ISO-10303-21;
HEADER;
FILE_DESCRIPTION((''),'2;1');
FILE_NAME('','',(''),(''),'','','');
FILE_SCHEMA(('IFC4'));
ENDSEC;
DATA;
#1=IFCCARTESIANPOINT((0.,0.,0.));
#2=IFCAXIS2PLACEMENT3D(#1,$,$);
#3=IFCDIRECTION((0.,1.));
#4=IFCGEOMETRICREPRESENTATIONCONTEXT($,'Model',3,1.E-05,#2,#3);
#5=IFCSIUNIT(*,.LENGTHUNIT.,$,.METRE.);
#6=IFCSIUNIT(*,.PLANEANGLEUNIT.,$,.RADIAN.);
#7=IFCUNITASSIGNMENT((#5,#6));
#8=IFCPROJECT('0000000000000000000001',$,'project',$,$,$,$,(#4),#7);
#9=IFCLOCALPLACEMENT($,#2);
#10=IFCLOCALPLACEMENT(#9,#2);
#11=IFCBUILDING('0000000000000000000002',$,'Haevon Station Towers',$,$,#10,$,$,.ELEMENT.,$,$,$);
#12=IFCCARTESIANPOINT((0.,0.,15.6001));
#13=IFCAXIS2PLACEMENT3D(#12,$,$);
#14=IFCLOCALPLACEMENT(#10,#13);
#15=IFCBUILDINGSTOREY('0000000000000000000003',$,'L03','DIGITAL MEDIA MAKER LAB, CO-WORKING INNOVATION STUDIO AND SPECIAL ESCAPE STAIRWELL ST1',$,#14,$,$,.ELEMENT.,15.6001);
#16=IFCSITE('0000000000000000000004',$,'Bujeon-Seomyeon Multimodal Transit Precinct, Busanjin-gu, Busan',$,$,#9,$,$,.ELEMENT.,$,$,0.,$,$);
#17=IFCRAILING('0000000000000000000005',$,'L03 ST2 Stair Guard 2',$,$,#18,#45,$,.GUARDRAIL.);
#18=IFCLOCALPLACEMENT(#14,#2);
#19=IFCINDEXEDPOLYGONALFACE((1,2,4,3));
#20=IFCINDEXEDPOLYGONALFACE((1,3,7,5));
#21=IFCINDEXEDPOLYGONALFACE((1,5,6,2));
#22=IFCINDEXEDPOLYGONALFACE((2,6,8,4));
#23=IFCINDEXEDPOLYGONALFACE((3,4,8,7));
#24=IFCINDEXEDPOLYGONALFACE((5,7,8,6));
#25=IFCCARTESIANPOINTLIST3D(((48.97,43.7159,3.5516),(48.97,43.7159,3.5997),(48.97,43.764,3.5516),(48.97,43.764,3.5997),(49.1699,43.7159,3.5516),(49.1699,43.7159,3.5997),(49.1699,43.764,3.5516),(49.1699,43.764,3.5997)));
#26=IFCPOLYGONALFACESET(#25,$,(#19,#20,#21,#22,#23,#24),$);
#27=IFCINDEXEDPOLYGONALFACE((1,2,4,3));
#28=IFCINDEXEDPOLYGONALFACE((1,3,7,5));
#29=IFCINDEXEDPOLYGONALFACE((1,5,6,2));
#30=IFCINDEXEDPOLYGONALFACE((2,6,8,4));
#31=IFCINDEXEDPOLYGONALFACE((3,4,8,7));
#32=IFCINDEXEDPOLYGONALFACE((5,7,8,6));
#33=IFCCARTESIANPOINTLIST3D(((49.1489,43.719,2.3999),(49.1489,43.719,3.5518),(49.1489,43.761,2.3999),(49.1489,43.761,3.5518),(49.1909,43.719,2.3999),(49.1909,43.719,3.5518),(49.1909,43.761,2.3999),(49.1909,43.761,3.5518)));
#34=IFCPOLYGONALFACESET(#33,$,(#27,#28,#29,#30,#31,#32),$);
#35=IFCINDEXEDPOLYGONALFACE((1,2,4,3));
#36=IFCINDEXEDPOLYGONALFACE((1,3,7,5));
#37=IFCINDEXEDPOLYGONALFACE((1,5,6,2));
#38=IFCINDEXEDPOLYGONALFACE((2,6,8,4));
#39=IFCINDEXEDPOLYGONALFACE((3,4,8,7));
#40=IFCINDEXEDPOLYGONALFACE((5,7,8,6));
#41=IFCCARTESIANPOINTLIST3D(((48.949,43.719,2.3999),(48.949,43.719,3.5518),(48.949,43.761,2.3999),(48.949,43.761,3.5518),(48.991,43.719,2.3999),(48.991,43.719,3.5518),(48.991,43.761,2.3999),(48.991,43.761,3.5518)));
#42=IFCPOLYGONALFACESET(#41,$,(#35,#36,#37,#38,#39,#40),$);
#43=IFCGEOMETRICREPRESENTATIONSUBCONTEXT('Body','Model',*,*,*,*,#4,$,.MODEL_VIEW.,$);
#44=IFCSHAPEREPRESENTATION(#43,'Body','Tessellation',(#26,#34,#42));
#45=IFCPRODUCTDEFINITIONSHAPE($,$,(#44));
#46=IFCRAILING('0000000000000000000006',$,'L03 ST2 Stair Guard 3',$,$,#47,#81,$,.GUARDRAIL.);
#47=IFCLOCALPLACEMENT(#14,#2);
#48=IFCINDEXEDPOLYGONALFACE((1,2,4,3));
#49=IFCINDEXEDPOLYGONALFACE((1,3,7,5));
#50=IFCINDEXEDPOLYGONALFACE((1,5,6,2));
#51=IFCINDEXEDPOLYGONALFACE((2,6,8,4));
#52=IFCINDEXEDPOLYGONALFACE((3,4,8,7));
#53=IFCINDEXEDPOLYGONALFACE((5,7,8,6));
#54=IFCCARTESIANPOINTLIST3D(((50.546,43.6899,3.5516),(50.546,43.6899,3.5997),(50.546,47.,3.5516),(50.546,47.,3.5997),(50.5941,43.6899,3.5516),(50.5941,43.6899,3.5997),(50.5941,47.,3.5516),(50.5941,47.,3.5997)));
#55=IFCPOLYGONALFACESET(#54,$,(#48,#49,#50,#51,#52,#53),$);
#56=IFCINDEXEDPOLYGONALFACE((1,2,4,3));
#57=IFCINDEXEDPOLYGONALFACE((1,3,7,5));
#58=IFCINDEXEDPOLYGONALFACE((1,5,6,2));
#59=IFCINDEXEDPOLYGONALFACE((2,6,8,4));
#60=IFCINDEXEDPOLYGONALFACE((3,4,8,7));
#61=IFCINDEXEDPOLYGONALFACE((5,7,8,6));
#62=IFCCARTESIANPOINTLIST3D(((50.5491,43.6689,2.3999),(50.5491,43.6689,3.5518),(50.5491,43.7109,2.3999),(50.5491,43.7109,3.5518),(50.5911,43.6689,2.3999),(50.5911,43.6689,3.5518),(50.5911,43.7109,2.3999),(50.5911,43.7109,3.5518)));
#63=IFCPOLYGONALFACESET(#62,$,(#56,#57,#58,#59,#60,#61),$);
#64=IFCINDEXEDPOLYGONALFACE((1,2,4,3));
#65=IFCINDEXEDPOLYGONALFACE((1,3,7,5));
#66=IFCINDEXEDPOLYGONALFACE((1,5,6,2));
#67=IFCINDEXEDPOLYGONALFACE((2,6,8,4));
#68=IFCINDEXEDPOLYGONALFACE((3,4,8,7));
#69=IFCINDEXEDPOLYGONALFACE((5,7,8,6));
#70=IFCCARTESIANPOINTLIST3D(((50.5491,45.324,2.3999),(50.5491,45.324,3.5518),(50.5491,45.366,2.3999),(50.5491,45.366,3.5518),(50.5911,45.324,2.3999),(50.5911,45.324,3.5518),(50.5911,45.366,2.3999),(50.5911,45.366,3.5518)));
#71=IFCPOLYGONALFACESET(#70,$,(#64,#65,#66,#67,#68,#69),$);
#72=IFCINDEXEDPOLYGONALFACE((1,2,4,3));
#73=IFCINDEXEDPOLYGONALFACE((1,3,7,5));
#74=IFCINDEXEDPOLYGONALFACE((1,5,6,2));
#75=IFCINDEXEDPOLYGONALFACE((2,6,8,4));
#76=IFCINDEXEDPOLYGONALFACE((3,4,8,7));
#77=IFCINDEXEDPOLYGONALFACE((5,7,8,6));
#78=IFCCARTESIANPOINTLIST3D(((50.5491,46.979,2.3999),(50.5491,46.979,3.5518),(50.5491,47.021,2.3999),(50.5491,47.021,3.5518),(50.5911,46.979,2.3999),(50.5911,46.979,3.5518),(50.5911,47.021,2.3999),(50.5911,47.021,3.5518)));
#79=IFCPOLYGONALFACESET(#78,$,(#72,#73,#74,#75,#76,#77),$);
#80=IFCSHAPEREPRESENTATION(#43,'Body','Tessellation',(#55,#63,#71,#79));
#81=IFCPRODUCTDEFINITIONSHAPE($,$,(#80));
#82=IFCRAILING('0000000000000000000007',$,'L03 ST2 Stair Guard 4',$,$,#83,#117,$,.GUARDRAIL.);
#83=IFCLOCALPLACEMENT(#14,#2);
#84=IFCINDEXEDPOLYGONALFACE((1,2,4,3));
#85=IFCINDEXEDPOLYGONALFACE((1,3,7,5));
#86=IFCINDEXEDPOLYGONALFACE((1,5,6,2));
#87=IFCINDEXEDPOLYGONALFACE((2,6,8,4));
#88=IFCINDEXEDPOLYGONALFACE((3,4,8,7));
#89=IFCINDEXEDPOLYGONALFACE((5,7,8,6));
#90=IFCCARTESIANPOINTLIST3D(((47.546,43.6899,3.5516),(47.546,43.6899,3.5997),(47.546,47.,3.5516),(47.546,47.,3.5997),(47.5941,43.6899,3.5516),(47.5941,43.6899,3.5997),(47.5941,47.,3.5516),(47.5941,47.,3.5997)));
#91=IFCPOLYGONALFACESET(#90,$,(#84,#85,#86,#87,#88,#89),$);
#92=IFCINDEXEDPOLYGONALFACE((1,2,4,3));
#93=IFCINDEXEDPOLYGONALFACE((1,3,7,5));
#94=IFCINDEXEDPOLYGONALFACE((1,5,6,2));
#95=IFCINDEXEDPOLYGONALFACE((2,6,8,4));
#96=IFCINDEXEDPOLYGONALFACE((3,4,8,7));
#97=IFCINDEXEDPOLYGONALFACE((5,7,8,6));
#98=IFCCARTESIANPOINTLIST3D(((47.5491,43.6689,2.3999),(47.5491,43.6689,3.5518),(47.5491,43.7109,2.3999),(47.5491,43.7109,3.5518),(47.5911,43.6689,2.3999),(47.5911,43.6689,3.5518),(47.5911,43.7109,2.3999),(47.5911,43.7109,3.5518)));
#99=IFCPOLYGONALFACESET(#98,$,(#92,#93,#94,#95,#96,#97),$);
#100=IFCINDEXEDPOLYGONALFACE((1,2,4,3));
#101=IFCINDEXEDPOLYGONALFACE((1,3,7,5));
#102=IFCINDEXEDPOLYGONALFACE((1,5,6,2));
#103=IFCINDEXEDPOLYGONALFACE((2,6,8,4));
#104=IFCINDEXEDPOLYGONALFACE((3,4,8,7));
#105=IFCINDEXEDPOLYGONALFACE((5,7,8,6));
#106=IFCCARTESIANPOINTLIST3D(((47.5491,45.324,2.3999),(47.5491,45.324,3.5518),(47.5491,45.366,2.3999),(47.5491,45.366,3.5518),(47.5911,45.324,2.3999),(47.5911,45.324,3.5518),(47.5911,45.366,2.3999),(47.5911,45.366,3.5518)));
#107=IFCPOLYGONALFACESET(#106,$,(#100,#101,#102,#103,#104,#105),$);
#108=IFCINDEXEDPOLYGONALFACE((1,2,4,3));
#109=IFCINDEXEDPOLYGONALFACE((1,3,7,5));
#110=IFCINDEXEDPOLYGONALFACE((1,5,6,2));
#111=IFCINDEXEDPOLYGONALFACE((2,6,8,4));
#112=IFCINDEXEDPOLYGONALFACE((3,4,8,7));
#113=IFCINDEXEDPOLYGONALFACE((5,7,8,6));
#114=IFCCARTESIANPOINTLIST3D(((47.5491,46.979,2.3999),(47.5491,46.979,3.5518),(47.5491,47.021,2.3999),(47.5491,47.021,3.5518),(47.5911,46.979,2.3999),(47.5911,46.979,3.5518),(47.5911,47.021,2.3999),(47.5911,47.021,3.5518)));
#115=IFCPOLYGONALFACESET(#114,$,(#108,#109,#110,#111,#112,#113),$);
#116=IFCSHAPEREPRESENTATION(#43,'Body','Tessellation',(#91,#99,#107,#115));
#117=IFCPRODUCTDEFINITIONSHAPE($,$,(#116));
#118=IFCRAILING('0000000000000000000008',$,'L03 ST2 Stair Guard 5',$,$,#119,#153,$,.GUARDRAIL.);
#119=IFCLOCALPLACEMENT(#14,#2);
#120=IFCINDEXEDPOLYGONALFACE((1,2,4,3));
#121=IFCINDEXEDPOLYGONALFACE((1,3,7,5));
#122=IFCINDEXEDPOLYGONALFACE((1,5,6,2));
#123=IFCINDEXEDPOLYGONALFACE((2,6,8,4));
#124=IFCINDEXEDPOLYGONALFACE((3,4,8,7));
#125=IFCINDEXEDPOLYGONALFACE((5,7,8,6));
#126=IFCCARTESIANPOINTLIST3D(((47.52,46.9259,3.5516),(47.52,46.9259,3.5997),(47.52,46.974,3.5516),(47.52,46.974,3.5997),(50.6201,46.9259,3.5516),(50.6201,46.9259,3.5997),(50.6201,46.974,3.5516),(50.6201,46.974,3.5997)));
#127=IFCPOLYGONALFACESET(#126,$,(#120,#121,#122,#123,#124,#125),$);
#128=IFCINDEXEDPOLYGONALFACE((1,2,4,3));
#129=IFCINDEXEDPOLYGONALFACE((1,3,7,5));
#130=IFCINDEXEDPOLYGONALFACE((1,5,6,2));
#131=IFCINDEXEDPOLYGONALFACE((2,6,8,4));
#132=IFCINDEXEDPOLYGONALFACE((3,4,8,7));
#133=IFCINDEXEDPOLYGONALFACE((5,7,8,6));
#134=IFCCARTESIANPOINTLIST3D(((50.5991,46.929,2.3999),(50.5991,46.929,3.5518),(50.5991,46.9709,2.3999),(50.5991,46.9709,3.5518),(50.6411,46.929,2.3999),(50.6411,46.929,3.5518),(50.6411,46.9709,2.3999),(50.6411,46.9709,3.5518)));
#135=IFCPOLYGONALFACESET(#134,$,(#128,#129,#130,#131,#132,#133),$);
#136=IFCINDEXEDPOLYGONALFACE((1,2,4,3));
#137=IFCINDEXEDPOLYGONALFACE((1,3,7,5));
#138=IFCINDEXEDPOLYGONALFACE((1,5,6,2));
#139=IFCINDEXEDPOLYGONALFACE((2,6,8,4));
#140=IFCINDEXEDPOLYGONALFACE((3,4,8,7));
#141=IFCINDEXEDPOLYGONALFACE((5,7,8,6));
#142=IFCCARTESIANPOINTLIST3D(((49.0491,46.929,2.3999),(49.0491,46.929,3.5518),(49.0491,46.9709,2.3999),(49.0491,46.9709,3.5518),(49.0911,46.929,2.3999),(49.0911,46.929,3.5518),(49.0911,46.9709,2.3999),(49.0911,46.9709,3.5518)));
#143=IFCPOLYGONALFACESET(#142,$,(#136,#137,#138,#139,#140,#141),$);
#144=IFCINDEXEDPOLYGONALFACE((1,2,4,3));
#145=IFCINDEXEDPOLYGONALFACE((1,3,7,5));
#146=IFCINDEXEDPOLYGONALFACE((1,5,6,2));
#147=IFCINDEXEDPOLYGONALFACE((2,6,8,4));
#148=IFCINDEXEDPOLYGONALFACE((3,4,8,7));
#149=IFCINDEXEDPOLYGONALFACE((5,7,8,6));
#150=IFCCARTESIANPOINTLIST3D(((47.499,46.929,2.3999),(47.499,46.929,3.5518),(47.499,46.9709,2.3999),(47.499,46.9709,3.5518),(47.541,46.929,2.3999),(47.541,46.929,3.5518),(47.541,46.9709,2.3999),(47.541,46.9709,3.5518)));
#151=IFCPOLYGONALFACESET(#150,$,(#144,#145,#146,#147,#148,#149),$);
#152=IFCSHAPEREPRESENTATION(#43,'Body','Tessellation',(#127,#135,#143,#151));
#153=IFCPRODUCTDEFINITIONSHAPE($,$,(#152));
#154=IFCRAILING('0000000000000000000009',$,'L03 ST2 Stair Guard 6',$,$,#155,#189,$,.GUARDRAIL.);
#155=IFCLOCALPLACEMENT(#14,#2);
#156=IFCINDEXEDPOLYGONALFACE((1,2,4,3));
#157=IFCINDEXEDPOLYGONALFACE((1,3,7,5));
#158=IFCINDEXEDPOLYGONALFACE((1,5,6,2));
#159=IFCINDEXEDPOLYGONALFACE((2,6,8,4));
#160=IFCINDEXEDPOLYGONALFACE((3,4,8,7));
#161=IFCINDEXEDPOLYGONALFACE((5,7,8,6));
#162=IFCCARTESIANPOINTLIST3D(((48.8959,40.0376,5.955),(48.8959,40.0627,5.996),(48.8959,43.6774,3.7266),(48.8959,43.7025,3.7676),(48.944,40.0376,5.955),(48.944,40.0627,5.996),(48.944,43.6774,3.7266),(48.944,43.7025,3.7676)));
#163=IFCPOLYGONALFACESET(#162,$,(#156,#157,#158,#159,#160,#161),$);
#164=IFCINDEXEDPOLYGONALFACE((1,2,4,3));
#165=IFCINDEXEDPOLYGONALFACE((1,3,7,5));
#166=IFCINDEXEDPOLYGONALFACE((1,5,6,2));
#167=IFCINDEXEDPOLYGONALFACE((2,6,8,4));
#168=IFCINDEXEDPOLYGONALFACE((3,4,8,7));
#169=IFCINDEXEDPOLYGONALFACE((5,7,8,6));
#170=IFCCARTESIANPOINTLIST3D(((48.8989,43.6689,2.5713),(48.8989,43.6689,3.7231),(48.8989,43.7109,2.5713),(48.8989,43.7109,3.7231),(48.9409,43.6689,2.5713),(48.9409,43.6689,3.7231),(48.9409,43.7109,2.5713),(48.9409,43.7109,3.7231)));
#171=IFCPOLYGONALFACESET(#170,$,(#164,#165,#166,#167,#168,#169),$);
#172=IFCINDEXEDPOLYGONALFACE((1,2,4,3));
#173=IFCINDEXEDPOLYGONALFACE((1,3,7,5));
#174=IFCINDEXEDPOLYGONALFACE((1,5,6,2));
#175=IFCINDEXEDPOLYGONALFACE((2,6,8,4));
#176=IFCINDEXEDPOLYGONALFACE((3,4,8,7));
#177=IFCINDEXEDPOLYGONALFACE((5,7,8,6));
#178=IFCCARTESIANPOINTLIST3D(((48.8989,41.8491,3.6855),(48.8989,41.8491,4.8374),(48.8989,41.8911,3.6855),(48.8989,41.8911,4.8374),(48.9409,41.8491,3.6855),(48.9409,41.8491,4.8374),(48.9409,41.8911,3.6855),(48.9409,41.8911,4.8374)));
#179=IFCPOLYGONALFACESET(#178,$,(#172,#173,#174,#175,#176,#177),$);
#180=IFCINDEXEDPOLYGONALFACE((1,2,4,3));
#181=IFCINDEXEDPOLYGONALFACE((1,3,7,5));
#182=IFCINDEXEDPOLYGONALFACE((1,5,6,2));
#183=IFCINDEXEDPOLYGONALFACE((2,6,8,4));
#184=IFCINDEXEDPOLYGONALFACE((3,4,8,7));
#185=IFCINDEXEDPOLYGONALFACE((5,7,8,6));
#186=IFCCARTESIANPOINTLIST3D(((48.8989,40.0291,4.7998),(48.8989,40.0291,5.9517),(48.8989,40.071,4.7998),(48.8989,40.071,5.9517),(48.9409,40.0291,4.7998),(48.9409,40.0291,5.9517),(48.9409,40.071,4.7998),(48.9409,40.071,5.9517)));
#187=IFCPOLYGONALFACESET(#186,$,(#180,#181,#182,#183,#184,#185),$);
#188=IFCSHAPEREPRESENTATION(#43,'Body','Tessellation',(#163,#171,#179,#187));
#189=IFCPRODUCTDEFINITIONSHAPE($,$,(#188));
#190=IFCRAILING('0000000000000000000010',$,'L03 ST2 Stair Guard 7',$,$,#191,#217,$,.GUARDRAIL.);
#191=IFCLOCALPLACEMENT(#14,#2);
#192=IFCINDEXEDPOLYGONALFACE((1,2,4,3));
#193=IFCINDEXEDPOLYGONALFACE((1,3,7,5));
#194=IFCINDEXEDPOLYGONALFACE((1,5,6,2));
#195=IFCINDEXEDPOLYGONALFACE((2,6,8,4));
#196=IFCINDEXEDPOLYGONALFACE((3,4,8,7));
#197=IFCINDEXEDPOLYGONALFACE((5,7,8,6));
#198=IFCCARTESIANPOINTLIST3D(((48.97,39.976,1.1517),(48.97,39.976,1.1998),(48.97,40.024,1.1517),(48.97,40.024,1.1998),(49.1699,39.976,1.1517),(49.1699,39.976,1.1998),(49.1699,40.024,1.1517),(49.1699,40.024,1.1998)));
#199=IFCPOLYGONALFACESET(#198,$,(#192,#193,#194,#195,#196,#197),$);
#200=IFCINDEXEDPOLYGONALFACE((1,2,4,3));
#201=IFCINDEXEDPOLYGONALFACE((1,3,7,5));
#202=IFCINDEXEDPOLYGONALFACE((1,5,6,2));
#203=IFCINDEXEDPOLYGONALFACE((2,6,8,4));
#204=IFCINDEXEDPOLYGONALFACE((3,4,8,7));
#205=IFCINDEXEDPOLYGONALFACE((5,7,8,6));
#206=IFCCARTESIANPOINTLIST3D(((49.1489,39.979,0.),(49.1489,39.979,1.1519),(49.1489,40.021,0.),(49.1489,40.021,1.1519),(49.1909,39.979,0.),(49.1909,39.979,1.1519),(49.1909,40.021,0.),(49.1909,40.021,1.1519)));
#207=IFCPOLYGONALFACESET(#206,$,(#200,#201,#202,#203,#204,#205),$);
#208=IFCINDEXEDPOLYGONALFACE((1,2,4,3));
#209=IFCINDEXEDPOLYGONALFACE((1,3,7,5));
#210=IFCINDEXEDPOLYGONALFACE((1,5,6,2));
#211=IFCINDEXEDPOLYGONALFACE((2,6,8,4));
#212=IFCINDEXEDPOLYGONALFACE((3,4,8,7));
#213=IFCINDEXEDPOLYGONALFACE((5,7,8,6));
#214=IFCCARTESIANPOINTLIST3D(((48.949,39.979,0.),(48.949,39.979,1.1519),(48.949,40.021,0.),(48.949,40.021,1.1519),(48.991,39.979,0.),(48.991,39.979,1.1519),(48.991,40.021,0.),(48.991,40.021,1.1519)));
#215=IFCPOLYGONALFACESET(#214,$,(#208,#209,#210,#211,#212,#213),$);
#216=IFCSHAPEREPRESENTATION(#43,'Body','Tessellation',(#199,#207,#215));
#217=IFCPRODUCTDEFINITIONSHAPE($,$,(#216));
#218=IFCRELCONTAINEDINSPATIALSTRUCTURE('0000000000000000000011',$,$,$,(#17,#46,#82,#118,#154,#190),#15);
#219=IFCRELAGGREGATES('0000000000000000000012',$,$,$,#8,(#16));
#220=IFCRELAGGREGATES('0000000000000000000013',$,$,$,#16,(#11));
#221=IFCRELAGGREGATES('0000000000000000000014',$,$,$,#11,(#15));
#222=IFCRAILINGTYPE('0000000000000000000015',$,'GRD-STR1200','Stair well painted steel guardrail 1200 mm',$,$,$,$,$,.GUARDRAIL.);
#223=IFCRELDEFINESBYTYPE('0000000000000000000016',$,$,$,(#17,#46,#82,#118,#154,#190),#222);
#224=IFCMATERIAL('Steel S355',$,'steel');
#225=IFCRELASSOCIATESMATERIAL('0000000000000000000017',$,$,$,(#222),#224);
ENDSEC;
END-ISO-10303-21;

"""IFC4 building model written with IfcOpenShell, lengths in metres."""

from ifc_helpers import new_model, si_unit, direction, frame, origin, origin_2d, place, context, subcontext, project, spatial, rectangle, extrude, material, type_object, element, save


model = new_model("IFC4")

# Units and contexts
model_context = context("Model", 3, precision=1e-05, world=origin(), true_north=direction((0.0, 1.0)))
body_context = subcontext(model_context, "Body", "Model", "MODEL_VIEW")
ifc_project = project(units=[si_unit("LENGTHUNIT", "METRE"), si_unit("PLANEANGLEUNIT", "RADIAN")], contexts=[model_context])

# Site, building, storey
site_placement = place(None, origin())
site = spatial("IfcSite", under=ifc_project, at=site_placement, Name="Bujeon-Seomyeon Multimodal Transit Precinct, Busanjin-gu, Busan", CompositionType="ELEMENT", RefElevation=0.0)
building_placement = place(site_placement, origin())
building = spatial("IfcBuilding", under=site, at=building_placement, Name="Haevon Station Towers", CompositionType="ELEMENT")
storey_placement = place(building_placement, frame((0.0, 0.0, 15.6001)))
storey = spatial("IfcBuildingStorey", under=building, at=storey_placement, Name="L03", Description="DIGITAL MEDIA MAKER LAB, CO-WORKING INNOVATION STUDIO AND SPECIAL ESCAPE STAIRWELL ST1", CompositionType="ELEMENT", Elevation=15.6001)

# Shared definitions
ifc_material_1 = material(Name="Steel S355", Category="steel")

# Railings
railing_type_1 = type_object("IfcRailingType", Name="GRD-STR1200", Description="Stair well painted steel guardrail 1200 mm", PredefinedType="GUARDRAIL", material=ifc_material_1)
railing_1_placement = place(storey_placement, frame((49.1699, 43.74, 2.3999)))
element("IfcRailing", 1, at=railing_1_placement, inside=storey, type_object=railing_type_1, Name="L03 ST2 Stair Guard 2", PredefinedType="GUARDRAIL", context=body_context, shape_type="SweptSolid", body=[
    extrude(rectangle(XDim=0.0481, YDim=0.0481, at=origin_2d()), frame((0.0, 0.0, 1.1758), z_axis=(-1.0, 0.0, 0.0), x_axis=(0.0, -1.0, 0.0)), (0.0, 0.0, 1.0), 0.2),
    extrude(rectangle(XDim=0.042, YDim=0.042, at=origin_2d()), origin(), (0.0, 0.0, 1.0), 1.1519),
    extrude(rectangle(XDim=0.042, YDim=0.042, at=origin_2d()), frame((-0.2, 0.0, 0.0)), (0.0, 0.0, 1.0), 1.1519),
])
for number, where, name in (
    (2, (50.5701, 43.6899, 2.3999), "L03 ST2 Stair Guard 3"),
    (3, (47.5701, 43.6899, 2.3999), "L03 ST2 Stair Guard 4"),
):
    element("IfcRailing", number, at=place(storey_placement, frame(where)), inside=storey, type_object=railing_type_1, Name=name, PredefinedType="GUARDRAIL", context=body_context, shape_type="SweptSolid", body=[
        extrude(rectangle(XDim=0.0481, YDim=0.0481, at=origin_2d()), frame((0.0, 0.0, 1.1758), z_axis=(0.0, 1.0, 0.0), x_axis=(-1.0, 0.0, 0.0)), (0.0, 0.0, 1.0), 3.3101),
        extrude(rectangle(XDim=0.042, YDim=0.042, at=origin_2d()), origin(), (0.0, 0.0, 1.0), 1.1519),
        extrude(rectangle(XDim=0.042, YDim=0.042, at=origin_2d()), frame((0.0, 1.655, 0.0)), (0.0, 0.0, 1.0), 1.1519),
        extrude(rectangle(XDim=0.042, YDim=0.042, at=origin_2d()), frame((0.0, 3.3101, 0.0)), (0.0, 0.0, 1.0), 1.1519),
    ])
railing_2_placement = place(storey_placement, frame((50.6201, 46.95, 2.3999)))
element("IfcRailing", 4, at=railing_2_placement, inside=storey, type_object=railing_type_1, Name="L03 ST2 Stair Guard 5", PredefinedType="GUARDRAIL", context=body_context, shape_type="SweptSolid", body=[
    extrude(rectangle(XDim=0.0481, YDim=0.0481, at=origin_2d()), frame((0.0, 0.0, 1.1758), z_axis=(-1.0, 0.0, 0.0), x_axis=(0.0, -1.0, 0.0)), (0.0, 0.0, 1.0), 3.1001),
    extrude(rectangle(XDim=0.042, YDim=0.042, at=origin_2d()), origin(), (0.0, 0.0, 1.0), 1.1519),
    extrude(rectangle(XDim=0.042, YDim=0.042, at=origin_2d()), frame((-1.55, 0.0, 0.0)), (0.0, 0.0, 1.0), 1.1519),
    extrude(rectangle(XDim=0.042, YDim=0.042, at=origin_2d()), frame((-3.1001, 0.0, 0.0)), (0.0, 0.0, 1.0), 1.1519),
])
railing_3_placement = place(storey_placement, frame((48.9199, 43.6899, 2.5713)))
element("IfcRailing", 5, at=railing_3_placement, inside=storey, type_object=railing_type_1, Name="L03 ST2 Stair Guard 6", PredefinedType="GUARDRAIL", context=body_context, shape_type="SweptSolid", body=[
    extrude(rectangle(XDim=0.0481, YDim=0.0481, at=origin_2d()), frame((0.0, 0.0, 1.1758), z_axis=(0.0, -0.85285, 0.522156), x_axis=(1.0, 0.0, 0.0)), (0.0, 0.0, 1.0), 4.2678),
    extrude(rectangle(XDim=0.042, YDim=0.042, at=origin_2d()), origin(), (0.0, 0.0, 1.0), 1.1519),
    extrude(rectangle(XDim=0.042, YDim=0.042, at=origin_2d()), frame((0.0, -1.8198, 1.1143)), (0.0, 0.0, 1.0), 1.1519),
    extrude(rectangle(XDim=0.042, YDim=0.042, at=origin_2d()), frame((0.0, -3.6399, 2.2285)), (0.0, 0.0, 1.0), 1.1519),
])
railing_4_placement = place(storey_placement, frame((49.1699, 40.0, 0.0)))
element("IfcRailing", 6, at=railing_4_placement, inside=storey, type_object=railing_type_1, Name="L03 ST2 Stair Guard 7", PredefinedType="GUARDRAIL", context=body_context, shape_type="SweptSolid", body=[
    extrude(rectangle(XDim=0.0481, YDim=0.0481, at=origin_2d()), frame((0.0, 0.0, 1.1758), z_axis=(-1.0, 0.0, 0.0), x_axis=(0.0, -1.0, 0.0)), (0.0, 0.0, 1.0), 0.2),
    extrude(rectangle(XDim=0.042, YDim=0.042, at=origin_2d()), origin(), (0.0, 0.0, 1.0), 1.1519),
    extrude(rectangle(XDim=0.042, YDim=0.042, at=origin_2d()), frame((-0.2, 0.0, 0.0)), (0.0, 0.0, 1.0), 1.1519),
])

save(model, "model.ifc")
